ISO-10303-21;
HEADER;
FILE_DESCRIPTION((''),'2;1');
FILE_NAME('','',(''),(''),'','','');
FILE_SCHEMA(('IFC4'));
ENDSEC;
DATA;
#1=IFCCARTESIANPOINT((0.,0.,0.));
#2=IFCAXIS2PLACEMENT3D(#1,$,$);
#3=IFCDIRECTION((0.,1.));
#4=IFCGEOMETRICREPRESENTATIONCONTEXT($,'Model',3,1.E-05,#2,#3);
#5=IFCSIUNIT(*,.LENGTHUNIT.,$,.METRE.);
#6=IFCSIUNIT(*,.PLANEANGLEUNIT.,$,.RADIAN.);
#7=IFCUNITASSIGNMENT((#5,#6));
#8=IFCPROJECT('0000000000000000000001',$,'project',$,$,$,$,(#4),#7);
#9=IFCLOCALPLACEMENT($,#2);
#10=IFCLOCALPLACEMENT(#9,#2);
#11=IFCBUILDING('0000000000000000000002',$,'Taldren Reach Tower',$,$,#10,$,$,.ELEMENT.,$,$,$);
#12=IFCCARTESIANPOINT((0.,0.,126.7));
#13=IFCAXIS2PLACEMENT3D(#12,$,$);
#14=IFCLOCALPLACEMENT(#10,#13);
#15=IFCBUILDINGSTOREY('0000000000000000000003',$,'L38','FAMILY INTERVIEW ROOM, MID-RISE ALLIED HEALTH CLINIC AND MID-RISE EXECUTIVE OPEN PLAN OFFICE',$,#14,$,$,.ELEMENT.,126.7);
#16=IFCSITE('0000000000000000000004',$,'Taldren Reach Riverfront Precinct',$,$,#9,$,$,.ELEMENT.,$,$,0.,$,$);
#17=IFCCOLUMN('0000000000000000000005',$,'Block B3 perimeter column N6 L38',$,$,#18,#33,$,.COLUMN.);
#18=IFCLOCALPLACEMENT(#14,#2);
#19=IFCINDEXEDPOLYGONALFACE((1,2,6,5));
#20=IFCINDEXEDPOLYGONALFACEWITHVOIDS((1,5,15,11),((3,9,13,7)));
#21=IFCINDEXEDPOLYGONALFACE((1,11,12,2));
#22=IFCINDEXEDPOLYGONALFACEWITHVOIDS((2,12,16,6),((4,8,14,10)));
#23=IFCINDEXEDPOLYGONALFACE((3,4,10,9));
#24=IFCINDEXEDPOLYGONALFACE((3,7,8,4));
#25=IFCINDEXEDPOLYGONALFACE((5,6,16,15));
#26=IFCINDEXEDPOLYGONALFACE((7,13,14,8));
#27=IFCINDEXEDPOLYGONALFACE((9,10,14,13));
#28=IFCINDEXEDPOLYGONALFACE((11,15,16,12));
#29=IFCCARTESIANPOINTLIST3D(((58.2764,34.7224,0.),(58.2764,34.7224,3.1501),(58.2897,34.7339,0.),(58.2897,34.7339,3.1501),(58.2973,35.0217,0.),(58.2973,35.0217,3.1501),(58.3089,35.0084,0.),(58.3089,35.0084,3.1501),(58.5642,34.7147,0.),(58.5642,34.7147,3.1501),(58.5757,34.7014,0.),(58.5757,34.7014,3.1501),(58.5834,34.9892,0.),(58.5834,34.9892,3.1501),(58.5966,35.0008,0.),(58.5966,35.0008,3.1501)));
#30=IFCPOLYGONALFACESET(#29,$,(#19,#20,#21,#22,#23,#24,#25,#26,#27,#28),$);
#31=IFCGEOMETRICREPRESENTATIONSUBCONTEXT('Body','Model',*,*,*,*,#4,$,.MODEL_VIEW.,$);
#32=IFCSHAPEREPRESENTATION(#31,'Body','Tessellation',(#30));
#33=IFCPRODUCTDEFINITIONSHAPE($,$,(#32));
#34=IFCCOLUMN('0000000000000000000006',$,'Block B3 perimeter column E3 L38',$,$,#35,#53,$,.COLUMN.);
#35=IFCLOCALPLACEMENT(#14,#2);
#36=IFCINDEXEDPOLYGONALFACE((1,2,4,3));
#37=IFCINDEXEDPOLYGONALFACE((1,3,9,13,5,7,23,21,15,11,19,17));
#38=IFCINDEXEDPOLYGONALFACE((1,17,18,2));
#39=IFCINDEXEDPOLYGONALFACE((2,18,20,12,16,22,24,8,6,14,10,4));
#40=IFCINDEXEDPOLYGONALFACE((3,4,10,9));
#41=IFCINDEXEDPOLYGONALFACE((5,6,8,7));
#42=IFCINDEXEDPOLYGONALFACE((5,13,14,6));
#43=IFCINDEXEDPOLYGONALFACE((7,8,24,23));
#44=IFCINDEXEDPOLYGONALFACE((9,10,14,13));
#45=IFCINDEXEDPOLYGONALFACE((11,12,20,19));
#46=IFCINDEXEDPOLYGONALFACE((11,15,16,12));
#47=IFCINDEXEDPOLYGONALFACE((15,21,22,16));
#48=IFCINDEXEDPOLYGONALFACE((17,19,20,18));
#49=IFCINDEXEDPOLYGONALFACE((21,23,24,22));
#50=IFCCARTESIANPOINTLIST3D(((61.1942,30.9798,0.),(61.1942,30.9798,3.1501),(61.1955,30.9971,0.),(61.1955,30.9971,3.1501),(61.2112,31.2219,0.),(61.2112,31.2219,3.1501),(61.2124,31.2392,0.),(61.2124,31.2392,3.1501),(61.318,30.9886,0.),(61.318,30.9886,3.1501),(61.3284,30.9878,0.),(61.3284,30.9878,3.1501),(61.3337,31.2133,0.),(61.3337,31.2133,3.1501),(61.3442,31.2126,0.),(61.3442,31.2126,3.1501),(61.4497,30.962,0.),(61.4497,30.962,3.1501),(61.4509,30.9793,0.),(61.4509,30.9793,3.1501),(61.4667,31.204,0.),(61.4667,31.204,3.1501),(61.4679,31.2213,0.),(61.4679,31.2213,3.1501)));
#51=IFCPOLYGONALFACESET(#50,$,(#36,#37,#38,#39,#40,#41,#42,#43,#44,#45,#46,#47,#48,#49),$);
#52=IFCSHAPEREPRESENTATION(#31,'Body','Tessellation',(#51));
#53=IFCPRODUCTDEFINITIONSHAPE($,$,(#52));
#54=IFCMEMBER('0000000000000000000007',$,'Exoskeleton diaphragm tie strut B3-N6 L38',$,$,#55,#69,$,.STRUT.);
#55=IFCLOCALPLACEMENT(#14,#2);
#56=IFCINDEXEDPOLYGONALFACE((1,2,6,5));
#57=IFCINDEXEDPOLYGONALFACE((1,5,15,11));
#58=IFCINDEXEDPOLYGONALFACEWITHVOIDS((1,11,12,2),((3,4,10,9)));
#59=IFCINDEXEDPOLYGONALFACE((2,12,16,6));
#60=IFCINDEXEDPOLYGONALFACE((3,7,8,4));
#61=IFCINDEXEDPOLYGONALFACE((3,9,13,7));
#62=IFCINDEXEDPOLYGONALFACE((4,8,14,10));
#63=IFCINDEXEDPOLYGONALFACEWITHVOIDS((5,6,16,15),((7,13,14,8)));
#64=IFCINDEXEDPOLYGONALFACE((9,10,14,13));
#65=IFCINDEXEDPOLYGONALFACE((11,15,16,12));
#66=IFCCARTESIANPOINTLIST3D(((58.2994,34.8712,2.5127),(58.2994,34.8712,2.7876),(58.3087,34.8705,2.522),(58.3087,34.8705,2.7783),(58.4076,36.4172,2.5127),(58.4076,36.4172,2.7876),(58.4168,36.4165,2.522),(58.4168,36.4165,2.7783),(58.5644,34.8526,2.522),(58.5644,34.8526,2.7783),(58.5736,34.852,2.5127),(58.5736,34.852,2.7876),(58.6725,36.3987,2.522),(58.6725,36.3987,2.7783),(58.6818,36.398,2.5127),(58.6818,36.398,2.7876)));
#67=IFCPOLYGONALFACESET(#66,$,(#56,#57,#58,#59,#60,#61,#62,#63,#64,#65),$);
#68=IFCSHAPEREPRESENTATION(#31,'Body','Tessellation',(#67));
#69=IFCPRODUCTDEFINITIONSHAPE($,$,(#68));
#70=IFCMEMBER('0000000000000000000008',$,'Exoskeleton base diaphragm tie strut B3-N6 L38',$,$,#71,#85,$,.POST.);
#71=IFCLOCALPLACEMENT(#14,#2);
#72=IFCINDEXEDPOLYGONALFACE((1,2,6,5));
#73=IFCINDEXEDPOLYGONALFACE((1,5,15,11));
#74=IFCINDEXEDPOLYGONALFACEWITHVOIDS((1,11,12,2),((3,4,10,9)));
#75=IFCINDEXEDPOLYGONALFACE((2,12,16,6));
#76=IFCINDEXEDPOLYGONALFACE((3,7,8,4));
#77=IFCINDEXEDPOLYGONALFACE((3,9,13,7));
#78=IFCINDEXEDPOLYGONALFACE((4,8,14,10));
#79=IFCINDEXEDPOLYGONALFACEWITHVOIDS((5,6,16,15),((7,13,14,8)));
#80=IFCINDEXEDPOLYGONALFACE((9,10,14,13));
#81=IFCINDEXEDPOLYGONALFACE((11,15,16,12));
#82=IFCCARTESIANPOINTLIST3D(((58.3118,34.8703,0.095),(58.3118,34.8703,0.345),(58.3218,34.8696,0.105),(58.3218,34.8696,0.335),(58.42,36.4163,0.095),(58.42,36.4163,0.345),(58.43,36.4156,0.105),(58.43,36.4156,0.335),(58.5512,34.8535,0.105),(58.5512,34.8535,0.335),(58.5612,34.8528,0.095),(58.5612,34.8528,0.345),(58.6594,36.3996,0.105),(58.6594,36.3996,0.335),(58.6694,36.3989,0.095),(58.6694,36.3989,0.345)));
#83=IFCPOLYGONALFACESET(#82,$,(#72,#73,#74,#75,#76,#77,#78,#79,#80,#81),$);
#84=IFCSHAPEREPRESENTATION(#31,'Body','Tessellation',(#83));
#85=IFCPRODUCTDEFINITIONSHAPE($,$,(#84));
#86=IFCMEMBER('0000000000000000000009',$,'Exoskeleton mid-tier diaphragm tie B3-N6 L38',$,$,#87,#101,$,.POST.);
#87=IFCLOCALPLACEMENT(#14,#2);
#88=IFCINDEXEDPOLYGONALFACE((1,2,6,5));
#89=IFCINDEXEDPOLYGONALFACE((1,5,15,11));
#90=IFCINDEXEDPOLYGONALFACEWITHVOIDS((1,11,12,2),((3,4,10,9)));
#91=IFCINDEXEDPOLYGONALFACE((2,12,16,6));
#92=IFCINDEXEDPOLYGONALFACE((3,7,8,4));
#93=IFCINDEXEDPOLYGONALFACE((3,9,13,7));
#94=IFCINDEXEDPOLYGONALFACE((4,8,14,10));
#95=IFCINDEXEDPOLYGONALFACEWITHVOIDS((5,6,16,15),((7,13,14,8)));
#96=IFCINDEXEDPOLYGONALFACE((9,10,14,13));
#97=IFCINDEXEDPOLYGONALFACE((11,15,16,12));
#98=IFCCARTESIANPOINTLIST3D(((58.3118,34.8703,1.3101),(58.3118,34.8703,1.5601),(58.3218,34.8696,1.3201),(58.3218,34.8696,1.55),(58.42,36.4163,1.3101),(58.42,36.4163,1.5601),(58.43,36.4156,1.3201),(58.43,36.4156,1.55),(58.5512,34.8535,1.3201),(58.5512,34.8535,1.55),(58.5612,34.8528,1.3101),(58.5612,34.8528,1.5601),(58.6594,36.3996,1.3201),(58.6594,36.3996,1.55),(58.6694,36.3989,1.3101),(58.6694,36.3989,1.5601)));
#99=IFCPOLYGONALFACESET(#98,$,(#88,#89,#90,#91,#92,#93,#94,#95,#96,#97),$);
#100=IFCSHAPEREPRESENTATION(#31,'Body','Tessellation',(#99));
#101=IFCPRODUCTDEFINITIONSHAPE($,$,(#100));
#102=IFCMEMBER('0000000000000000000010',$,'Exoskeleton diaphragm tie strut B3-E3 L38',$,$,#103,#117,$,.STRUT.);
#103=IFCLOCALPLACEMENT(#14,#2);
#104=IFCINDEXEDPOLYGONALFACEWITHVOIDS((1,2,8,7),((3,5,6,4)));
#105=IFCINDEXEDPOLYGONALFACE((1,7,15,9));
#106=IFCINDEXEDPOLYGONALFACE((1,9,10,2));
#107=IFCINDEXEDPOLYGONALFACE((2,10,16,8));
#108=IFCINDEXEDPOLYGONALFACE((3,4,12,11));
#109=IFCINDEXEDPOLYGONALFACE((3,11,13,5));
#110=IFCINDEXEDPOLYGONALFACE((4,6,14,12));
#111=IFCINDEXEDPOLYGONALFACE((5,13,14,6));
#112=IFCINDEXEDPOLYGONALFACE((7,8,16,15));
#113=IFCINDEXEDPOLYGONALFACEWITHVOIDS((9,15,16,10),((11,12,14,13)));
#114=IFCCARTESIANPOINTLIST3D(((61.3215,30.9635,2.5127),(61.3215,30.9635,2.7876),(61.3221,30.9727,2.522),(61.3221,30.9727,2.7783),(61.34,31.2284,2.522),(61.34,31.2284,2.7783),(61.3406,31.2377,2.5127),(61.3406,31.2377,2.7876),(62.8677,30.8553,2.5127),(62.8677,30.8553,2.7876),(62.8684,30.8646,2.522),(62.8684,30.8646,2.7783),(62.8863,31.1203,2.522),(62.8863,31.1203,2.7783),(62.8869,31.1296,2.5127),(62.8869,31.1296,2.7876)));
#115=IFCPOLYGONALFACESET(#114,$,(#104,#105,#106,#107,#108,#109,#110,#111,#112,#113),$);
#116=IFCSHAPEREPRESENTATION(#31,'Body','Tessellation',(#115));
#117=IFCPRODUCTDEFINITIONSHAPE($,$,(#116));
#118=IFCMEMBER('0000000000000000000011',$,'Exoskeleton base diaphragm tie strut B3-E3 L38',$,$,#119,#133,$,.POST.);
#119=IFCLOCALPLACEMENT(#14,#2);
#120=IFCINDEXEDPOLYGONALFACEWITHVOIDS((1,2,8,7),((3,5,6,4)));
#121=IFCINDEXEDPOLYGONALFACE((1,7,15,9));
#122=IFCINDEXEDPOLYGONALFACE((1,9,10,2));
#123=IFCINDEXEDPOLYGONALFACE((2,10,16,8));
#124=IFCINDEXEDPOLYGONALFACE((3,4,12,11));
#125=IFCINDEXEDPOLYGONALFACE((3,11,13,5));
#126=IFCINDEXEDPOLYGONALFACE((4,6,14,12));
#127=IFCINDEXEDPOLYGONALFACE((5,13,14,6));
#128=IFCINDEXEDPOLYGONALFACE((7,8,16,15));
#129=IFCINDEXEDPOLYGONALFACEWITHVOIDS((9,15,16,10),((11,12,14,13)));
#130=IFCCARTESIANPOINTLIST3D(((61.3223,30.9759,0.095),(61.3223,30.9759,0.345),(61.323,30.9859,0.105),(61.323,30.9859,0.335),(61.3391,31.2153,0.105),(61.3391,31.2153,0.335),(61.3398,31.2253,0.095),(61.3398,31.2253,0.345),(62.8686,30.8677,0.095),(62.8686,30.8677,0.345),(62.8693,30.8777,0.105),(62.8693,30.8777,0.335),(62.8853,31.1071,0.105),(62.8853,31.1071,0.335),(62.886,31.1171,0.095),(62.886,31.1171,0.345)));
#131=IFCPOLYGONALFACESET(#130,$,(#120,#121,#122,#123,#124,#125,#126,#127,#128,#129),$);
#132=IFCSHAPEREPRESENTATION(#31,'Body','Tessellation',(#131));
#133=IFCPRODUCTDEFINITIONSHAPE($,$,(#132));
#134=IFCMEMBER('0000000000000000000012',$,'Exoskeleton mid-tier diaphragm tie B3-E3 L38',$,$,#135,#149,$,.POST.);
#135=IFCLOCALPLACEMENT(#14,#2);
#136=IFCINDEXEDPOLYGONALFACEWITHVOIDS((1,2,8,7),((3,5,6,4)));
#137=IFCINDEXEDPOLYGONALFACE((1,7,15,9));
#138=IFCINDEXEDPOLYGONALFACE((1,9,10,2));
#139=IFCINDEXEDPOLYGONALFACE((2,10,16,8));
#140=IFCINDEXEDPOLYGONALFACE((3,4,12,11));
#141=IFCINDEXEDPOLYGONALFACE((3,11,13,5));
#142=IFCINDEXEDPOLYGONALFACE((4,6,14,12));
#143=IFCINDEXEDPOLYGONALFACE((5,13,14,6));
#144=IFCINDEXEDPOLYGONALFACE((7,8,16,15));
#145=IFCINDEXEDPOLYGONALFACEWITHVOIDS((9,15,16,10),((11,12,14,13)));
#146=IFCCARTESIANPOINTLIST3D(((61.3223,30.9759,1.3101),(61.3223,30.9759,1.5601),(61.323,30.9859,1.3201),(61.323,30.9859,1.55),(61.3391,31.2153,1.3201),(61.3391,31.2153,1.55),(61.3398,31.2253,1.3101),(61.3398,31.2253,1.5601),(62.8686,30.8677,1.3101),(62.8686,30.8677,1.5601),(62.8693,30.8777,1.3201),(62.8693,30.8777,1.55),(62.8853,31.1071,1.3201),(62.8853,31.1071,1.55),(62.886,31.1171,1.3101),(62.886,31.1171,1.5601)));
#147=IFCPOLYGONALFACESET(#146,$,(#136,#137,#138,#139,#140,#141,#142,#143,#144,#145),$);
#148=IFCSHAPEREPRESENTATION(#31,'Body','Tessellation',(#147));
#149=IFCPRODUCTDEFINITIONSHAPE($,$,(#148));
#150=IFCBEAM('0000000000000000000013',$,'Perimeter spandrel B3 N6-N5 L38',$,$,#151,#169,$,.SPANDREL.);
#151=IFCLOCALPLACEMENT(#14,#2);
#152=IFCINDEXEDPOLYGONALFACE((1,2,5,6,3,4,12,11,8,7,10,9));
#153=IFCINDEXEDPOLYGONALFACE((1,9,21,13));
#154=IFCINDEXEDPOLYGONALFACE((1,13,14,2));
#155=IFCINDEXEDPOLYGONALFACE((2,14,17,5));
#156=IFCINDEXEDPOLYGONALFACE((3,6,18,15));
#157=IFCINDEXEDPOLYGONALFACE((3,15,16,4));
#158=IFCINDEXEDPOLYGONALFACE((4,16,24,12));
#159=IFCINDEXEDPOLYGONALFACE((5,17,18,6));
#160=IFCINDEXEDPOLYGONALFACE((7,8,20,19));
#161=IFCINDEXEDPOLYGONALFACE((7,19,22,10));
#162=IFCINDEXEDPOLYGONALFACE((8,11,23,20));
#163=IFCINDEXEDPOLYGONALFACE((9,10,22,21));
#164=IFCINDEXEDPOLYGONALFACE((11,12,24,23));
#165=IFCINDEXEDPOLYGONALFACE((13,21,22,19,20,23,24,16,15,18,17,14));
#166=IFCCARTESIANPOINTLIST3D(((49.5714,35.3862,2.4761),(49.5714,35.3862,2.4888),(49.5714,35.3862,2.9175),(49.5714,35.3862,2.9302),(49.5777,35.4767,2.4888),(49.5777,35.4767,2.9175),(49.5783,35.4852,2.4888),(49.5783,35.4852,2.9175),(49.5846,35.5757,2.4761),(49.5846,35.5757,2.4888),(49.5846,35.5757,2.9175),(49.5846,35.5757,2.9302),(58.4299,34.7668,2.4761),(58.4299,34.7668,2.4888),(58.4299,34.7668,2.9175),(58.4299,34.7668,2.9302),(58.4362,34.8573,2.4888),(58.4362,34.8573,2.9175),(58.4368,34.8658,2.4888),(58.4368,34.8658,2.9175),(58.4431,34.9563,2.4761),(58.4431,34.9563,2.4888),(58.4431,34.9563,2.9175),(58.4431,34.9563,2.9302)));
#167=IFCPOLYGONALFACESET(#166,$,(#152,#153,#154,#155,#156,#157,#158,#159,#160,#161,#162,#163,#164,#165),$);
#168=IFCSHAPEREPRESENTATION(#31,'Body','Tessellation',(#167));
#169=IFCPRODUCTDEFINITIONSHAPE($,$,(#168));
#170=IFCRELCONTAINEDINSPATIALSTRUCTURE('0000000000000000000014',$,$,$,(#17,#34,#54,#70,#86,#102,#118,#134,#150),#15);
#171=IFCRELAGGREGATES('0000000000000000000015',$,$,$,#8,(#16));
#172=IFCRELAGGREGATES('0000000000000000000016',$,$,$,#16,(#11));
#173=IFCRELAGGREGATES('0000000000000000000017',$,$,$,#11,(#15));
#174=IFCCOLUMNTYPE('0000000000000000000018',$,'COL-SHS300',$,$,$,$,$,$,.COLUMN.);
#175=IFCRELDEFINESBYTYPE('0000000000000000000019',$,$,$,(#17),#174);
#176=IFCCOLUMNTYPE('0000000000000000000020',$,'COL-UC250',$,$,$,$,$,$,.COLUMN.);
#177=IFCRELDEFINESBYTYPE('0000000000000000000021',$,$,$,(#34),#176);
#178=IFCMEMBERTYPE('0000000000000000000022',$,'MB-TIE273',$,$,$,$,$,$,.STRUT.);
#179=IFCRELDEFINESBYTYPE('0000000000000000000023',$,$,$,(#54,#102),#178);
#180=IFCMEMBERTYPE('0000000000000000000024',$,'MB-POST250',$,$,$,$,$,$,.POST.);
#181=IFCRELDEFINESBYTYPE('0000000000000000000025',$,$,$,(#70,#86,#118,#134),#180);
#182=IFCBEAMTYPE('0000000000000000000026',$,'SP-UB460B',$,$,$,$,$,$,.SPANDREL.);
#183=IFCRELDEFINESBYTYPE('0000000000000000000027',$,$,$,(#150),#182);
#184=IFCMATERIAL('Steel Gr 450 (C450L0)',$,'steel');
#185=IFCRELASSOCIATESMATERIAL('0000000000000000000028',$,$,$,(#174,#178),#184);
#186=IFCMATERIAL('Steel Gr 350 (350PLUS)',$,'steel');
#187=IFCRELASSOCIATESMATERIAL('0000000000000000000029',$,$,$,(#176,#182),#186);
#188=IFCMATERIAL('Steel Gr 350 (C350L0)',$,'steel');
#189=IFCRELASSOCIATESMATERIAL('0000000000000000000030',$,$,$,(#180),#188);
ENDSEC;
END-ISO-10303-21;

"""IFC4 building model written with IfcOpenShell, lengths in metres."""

from ifc_helpers import new_model, si_unit, direction, frame, origin, origin_2d, place, context, subcontext, project, spatial, hollow_rectangle, i_section, extrude, source, transform, mapped, material, material_profile, profile_set, type_object, element, save


model = new_model("IFC4")

# Units and contexts
model_context = context("Model", 3, precision=1e-05, world=origin(), true_north=direction((0.0, 1.0)))
body_context = subcontext(model_context, "Body", "Model", "MODEL_VIEW")
ifc_project = project(units=[si_unit("LENGTHUNIT", "METRE"), si_unit("PLANEANGLEUNIT", "RADIAN")], contexts=[model_context])

# Site, building, storey
site_placement = place(None, origin())
site = spatial("IfcSite", under=ifc_project, at=site_placement, Name="Taldren Reach Riverfront Precinct", CompositionType="ELEMENT", RefElevation=0.0)
building_placement = place(site_placement, origin())
building = spatial("IfcBuilding", under=site, at=building_placement, Name="Taldren Reach Tower", CompositionType="ELEMENT")
storey_placement = place(building_placement, frame((0.0, 0.0, 126.7)))
storey = spatial("IfcBuildingStorey", under=building, at=storey_placement, Name="L38", Description="FAMILY INTERVIEW ROOM, MID-RISE ALLIED HEALTH CLINIC AND MID-RISE EXECUTIVE OPEN PLAN OFFICE", CompositionType="ELEMENT", Elevation=126.7)

# Columns
ifc_material_1 = material(Name="Steel Gr 450 (C450L0)", Category="steel")
ifc_material_profile_1 = material_profile(ifc_material_1, hollow_rectangle(XDim=0.3, YDim=0.3, WallThickness=0.0125, at=origin_2d()), Name="300x300x12.5SHS")
ifc_profile_set_1 = profile_set([ifc_material_profile_1], Name="Steel Gr 450 (C450L0)")
column_type_1 = type_object("IfcColumnType", Name="COL-SHS300", PredefinedType="COLUMN", material=ifc_profile_set_1)
shared_shape_1 = source(origin(), body_context, "Body", "SweptSolid", [
    extrude(hollow_rectangle(XDim=0.3, YDim=0.3, WallThickness=0.0125, at=origin_2d()), origin(), (0.0, 0.0, 1.0), 3.1501),
])
column_1_placement = place(storey_placement, frame((58.4365, 34.8616, 0.0), z_axis=(0.0, 0.0, 1.0), x_axis=(0.997564, -0.069756, 0.0)))
element("IfcColumn", 1, at=column_1_placement, inside=storey, type_object=column_type_1, Name="Block B3 perimeter column N6 L38", PredefinedType="COLUMN", context=body_context, shape_type="MappedRepresentation", body=[
    mapped(shared_shape_1, transform((0.0, 0.0, 0.0), scale=1.0)),
])
ifc_material_2 = material(Name="Steel Gr 350 (350PLUS)", Category="steel")
ifc_material_profile_2 = material_profile(ifc_material_2, i_section(OverallWidth=0.2561, OverallDepth=0.26, WebThickness=0.0105, FlangeThickness=0.0173, at=origin_2d()), Name="250UC89.5")
ifc_profile_set_2 = profile_set([ifc_material_profile_2], Name="Steel Gr 350 (350PLUS)")
column_type_2 = type_object("IfcColumnType", Name="COL-UC250", PredefinedType="COLUMN", material=ifc_profile_set_2)
shared_shape_2 = source(origin(), body_context, "Body", "SweptSolid", [
    extrude(i_section(OverallWidth=0.2561, OverallDepth=0.26, WebThickness=0.0105, FlangeThickness=0.0173, at=origin_2d()), origin(), (0.0, 0.0, 1.0), 3.1501),
])
column_2_placement = place(storey_placement, frame((61.3311, 31.1006, 0.0), z_axis=(0.0, 0.0, 1.0), x_axis=(0.997564, -0.069756, 0.0)))
element("IfcColumn", 2, at=column_2_placement, inside=storey, type_object=column_type_2, Name="Block B3 perimeter column E3 L38", PredefinedType="COLUMN", context=body_context, shape_type="MappedRepresentation", body=[
    mapped(shared_shape_2, transform((0.0, 0.0, 0.0), scale=1.0)),
])

# Members
ifc_material_profile_3 = material_profile(ifc_material_1, hollow_rectangle(XDim=0.2749, YDim=0.2749, WallThickness=0.0093, at=origin_2d()), Name="275x275x9.3SHS")
ifc_profile_set_3 = profile_set([ifc_material_profile_3], Name="Steel Gr 450 (C450L0)")
member_type_1 = type_object("IfcMemberType", Name="MB-TIE273", PredefinedType="STRUT", material=ifc_profile_set_3)
shared_shape_3 = source(origin(), body_context, "Body", "SweptSolid", [
    extrude(hollow_rectangle(XDim=0.2749, YDim=0.2749, WallThickness=0.0093, at=origin_2d()), origin(), (0.0, 0.0, 1.0), 1.5498),
])
member_1_placement = place(storey_placement, frame((58.4365, 34.8616, 2.6501), z_axis=(0.069781, 0.997562, 0.0), x_axis=(-0.997562, 0.069781, 0.0)))
element("IfcMember", 3, at=member_1_placement, inside=storey, type_object=member_type_1, Name="Exoskeleton diaphragm tie strut B3-N6 L38", PredefinedType="STRUT", context=body_context, shape_type="MappedRepresentation", body=[
    mapped(shared_shape_3, transform((0.0, 0.0, 0.0), scale=1.0)),
])
ifc_material_3 = material(Name="Steel Gr 350 (C350L0)", Category="steel")
ifc_material_profile_4 = material_profile(ifc_material_3, hollow_rectangle(XDim=0.25, YDim=0.25, WallThickness=0.01, at=origin_2d()), Name="250x250x10.0SHS")
ifc_profile_set_4 = profile_set([ifc_material_profile_4], Name="Steel Gr 350 (C350L0)")
member_type_2 = type_object("IfcMemberType", Name="MB-POST250", PredefinedType="POST", material=ifc_profile_set_4)
shared_shape_4 = source(origin(), body_context, "Body", "SweptSolid", [
    extrude(hollow_rectangle(XDim=0.25, YDim=0.25, WallThickness=0.01, at=origin_2d()), origin(), (0.0, 0.0, 1.0), 1.5498),
])
for number, where, z_axis, x_axis, name in (
    (4, (58.4365, 34.8616, 0.22), (0.069781, 0.997562, 0.0), (-0.997562, 0.069781, 0.0), "Exoskeleton base diaphragm tie strut B3-N6 L38"),
    (5, (58.4365, 34.8616, 1.4351), (0.069781, 0.997562, 0.0), (-0.997562, 0.069781, 0.0), "Exoskeleton mid-tier diaphragm tie B3-N6 L38"),
):
    element("IfcMember", number, at=place(storey_placement, frame(where, z_axis=z_axis, x_axis=x_axis)), inside=storey, type_object=member_type_2, Name=name, PredefinedType="POST", context=body_context, shape_type="MappedRepresentation", body=[
        mapped(shared_shape_4, transform((0.0, 0.0, 0.0), scale=1.0)),
    ])
shared_shape_5 = source(origin(), body_context, "Body", "SweptSolid", [
    extrude(hollow_rectangle(XDim=0.2749, YDim=0.2749, WallThickness=0.0093, at=origin_2d()), origin(), (0.0, 0.0, 1.0), 1.55),
])
member_2_placement = place(storey_placement, frame((61.3311, 31.1006, 2.6501), z_axis=(0.997563, -0.06977, 0.0), x_axis=(0.06977, 0.997563, 0.0)))
element("IfcMember", 6, at=member_2_placement, inside=storey, type_object=member_type_1, Name="Exoskeleton diaphragm tie strut B3-E3 L38", PredefinedType="STRUT", context=body_context, shape_type="MappedRepresentation", body=[
    mapped(shared_shape_5, transform((0.0, 0.0, 0.0), scale=1.0)),
])
shared_shape_6 = source(origin(), body_context, "Body", "SweptSolid", [
    extrude(hollow_rectangle(XDim=0.25, YDim=0.25, WallThickness=0.01, at=origin_2d()), origin(), (0.0, 0.0, 1.0), 1.55),
])
for number, where, z_axis, x_axis, name in (
    (7, (61.3311, 31.1006, 0.22), (0.997563, -0.06977, 0.0), (0.06977, 0.997563, 0.0), "Exoskeleton base diaphragm tie strut B3-E3 L38"),
    (8, (61.3311, 31.1006, 1.4351), (0.997563, -0.06977, 0.0), (0.06977, 0.997563, 0.0), "Exoskeleton mid-tier diaphragm tie B3-E3 L38"),
):
    element("IfcMember", number, at=place(storey_placement, frame(where, z_axis=z_axis, x_axis=x_axis)), inside=storey, type_object=member_type_2, Name=name, PredefinedType="POST", context=body_context, shape_type="MappedRepresentation", body=[
        mapped(shared_shape_6, transform((0.0, 0.0, 0.0), scale=1.0)),
    ])

# Beam
ifc_material_profile_5 = material_profile(ifc_material_2, i_section(OverallWidth=0.1899, OverallDepth=0.4541, WebThickness=0.0085, FlangeThickness=0.0127, at=origin_2d()), Name="460UB67.1")
ifc_profile_set_5 = profile_set([ifc_material_profile_5], Name="Steel Gr 350 (350PLUS)")
beam_type = type_object("IfcBeamType", Name="SP-UB460B", PredefinedType="SPANDREL", material=ifc_profile_set_5)
shared_shape_7 = source(origin(), body_context, "Body", "SweptSolid", [
    extrude(i_section(OverallWidth=0.1899, OverallDepth=0.4541, WebThickness=0.0085, FlangeThickness=0.0127, at=origin_2d()), origin(), (0.0, 0.0, 1.0), 8.8801),
])
beam_1_placement = place(storey_placement, frame((58.4365, 34.8616, 2.7031), z_axis=(-0.997564, 0.06975, 0.0), x_axis=(-0.06975, -0.997564, 0.0)))
element("IfcBeam", 9, at=beam_1_placement, inside=storey, type_object=beam_type, Name="Perimeter spandrel B3 N6-N5 L38", PredefinedType="SPANDREL", context=body_context, shape_type="MappedRepresentation", body=[
    mapped(shared_shape_7, transform((0.0, 0.0, 0.0), scale=1.0)),
])

save(model, "model.ifc")
